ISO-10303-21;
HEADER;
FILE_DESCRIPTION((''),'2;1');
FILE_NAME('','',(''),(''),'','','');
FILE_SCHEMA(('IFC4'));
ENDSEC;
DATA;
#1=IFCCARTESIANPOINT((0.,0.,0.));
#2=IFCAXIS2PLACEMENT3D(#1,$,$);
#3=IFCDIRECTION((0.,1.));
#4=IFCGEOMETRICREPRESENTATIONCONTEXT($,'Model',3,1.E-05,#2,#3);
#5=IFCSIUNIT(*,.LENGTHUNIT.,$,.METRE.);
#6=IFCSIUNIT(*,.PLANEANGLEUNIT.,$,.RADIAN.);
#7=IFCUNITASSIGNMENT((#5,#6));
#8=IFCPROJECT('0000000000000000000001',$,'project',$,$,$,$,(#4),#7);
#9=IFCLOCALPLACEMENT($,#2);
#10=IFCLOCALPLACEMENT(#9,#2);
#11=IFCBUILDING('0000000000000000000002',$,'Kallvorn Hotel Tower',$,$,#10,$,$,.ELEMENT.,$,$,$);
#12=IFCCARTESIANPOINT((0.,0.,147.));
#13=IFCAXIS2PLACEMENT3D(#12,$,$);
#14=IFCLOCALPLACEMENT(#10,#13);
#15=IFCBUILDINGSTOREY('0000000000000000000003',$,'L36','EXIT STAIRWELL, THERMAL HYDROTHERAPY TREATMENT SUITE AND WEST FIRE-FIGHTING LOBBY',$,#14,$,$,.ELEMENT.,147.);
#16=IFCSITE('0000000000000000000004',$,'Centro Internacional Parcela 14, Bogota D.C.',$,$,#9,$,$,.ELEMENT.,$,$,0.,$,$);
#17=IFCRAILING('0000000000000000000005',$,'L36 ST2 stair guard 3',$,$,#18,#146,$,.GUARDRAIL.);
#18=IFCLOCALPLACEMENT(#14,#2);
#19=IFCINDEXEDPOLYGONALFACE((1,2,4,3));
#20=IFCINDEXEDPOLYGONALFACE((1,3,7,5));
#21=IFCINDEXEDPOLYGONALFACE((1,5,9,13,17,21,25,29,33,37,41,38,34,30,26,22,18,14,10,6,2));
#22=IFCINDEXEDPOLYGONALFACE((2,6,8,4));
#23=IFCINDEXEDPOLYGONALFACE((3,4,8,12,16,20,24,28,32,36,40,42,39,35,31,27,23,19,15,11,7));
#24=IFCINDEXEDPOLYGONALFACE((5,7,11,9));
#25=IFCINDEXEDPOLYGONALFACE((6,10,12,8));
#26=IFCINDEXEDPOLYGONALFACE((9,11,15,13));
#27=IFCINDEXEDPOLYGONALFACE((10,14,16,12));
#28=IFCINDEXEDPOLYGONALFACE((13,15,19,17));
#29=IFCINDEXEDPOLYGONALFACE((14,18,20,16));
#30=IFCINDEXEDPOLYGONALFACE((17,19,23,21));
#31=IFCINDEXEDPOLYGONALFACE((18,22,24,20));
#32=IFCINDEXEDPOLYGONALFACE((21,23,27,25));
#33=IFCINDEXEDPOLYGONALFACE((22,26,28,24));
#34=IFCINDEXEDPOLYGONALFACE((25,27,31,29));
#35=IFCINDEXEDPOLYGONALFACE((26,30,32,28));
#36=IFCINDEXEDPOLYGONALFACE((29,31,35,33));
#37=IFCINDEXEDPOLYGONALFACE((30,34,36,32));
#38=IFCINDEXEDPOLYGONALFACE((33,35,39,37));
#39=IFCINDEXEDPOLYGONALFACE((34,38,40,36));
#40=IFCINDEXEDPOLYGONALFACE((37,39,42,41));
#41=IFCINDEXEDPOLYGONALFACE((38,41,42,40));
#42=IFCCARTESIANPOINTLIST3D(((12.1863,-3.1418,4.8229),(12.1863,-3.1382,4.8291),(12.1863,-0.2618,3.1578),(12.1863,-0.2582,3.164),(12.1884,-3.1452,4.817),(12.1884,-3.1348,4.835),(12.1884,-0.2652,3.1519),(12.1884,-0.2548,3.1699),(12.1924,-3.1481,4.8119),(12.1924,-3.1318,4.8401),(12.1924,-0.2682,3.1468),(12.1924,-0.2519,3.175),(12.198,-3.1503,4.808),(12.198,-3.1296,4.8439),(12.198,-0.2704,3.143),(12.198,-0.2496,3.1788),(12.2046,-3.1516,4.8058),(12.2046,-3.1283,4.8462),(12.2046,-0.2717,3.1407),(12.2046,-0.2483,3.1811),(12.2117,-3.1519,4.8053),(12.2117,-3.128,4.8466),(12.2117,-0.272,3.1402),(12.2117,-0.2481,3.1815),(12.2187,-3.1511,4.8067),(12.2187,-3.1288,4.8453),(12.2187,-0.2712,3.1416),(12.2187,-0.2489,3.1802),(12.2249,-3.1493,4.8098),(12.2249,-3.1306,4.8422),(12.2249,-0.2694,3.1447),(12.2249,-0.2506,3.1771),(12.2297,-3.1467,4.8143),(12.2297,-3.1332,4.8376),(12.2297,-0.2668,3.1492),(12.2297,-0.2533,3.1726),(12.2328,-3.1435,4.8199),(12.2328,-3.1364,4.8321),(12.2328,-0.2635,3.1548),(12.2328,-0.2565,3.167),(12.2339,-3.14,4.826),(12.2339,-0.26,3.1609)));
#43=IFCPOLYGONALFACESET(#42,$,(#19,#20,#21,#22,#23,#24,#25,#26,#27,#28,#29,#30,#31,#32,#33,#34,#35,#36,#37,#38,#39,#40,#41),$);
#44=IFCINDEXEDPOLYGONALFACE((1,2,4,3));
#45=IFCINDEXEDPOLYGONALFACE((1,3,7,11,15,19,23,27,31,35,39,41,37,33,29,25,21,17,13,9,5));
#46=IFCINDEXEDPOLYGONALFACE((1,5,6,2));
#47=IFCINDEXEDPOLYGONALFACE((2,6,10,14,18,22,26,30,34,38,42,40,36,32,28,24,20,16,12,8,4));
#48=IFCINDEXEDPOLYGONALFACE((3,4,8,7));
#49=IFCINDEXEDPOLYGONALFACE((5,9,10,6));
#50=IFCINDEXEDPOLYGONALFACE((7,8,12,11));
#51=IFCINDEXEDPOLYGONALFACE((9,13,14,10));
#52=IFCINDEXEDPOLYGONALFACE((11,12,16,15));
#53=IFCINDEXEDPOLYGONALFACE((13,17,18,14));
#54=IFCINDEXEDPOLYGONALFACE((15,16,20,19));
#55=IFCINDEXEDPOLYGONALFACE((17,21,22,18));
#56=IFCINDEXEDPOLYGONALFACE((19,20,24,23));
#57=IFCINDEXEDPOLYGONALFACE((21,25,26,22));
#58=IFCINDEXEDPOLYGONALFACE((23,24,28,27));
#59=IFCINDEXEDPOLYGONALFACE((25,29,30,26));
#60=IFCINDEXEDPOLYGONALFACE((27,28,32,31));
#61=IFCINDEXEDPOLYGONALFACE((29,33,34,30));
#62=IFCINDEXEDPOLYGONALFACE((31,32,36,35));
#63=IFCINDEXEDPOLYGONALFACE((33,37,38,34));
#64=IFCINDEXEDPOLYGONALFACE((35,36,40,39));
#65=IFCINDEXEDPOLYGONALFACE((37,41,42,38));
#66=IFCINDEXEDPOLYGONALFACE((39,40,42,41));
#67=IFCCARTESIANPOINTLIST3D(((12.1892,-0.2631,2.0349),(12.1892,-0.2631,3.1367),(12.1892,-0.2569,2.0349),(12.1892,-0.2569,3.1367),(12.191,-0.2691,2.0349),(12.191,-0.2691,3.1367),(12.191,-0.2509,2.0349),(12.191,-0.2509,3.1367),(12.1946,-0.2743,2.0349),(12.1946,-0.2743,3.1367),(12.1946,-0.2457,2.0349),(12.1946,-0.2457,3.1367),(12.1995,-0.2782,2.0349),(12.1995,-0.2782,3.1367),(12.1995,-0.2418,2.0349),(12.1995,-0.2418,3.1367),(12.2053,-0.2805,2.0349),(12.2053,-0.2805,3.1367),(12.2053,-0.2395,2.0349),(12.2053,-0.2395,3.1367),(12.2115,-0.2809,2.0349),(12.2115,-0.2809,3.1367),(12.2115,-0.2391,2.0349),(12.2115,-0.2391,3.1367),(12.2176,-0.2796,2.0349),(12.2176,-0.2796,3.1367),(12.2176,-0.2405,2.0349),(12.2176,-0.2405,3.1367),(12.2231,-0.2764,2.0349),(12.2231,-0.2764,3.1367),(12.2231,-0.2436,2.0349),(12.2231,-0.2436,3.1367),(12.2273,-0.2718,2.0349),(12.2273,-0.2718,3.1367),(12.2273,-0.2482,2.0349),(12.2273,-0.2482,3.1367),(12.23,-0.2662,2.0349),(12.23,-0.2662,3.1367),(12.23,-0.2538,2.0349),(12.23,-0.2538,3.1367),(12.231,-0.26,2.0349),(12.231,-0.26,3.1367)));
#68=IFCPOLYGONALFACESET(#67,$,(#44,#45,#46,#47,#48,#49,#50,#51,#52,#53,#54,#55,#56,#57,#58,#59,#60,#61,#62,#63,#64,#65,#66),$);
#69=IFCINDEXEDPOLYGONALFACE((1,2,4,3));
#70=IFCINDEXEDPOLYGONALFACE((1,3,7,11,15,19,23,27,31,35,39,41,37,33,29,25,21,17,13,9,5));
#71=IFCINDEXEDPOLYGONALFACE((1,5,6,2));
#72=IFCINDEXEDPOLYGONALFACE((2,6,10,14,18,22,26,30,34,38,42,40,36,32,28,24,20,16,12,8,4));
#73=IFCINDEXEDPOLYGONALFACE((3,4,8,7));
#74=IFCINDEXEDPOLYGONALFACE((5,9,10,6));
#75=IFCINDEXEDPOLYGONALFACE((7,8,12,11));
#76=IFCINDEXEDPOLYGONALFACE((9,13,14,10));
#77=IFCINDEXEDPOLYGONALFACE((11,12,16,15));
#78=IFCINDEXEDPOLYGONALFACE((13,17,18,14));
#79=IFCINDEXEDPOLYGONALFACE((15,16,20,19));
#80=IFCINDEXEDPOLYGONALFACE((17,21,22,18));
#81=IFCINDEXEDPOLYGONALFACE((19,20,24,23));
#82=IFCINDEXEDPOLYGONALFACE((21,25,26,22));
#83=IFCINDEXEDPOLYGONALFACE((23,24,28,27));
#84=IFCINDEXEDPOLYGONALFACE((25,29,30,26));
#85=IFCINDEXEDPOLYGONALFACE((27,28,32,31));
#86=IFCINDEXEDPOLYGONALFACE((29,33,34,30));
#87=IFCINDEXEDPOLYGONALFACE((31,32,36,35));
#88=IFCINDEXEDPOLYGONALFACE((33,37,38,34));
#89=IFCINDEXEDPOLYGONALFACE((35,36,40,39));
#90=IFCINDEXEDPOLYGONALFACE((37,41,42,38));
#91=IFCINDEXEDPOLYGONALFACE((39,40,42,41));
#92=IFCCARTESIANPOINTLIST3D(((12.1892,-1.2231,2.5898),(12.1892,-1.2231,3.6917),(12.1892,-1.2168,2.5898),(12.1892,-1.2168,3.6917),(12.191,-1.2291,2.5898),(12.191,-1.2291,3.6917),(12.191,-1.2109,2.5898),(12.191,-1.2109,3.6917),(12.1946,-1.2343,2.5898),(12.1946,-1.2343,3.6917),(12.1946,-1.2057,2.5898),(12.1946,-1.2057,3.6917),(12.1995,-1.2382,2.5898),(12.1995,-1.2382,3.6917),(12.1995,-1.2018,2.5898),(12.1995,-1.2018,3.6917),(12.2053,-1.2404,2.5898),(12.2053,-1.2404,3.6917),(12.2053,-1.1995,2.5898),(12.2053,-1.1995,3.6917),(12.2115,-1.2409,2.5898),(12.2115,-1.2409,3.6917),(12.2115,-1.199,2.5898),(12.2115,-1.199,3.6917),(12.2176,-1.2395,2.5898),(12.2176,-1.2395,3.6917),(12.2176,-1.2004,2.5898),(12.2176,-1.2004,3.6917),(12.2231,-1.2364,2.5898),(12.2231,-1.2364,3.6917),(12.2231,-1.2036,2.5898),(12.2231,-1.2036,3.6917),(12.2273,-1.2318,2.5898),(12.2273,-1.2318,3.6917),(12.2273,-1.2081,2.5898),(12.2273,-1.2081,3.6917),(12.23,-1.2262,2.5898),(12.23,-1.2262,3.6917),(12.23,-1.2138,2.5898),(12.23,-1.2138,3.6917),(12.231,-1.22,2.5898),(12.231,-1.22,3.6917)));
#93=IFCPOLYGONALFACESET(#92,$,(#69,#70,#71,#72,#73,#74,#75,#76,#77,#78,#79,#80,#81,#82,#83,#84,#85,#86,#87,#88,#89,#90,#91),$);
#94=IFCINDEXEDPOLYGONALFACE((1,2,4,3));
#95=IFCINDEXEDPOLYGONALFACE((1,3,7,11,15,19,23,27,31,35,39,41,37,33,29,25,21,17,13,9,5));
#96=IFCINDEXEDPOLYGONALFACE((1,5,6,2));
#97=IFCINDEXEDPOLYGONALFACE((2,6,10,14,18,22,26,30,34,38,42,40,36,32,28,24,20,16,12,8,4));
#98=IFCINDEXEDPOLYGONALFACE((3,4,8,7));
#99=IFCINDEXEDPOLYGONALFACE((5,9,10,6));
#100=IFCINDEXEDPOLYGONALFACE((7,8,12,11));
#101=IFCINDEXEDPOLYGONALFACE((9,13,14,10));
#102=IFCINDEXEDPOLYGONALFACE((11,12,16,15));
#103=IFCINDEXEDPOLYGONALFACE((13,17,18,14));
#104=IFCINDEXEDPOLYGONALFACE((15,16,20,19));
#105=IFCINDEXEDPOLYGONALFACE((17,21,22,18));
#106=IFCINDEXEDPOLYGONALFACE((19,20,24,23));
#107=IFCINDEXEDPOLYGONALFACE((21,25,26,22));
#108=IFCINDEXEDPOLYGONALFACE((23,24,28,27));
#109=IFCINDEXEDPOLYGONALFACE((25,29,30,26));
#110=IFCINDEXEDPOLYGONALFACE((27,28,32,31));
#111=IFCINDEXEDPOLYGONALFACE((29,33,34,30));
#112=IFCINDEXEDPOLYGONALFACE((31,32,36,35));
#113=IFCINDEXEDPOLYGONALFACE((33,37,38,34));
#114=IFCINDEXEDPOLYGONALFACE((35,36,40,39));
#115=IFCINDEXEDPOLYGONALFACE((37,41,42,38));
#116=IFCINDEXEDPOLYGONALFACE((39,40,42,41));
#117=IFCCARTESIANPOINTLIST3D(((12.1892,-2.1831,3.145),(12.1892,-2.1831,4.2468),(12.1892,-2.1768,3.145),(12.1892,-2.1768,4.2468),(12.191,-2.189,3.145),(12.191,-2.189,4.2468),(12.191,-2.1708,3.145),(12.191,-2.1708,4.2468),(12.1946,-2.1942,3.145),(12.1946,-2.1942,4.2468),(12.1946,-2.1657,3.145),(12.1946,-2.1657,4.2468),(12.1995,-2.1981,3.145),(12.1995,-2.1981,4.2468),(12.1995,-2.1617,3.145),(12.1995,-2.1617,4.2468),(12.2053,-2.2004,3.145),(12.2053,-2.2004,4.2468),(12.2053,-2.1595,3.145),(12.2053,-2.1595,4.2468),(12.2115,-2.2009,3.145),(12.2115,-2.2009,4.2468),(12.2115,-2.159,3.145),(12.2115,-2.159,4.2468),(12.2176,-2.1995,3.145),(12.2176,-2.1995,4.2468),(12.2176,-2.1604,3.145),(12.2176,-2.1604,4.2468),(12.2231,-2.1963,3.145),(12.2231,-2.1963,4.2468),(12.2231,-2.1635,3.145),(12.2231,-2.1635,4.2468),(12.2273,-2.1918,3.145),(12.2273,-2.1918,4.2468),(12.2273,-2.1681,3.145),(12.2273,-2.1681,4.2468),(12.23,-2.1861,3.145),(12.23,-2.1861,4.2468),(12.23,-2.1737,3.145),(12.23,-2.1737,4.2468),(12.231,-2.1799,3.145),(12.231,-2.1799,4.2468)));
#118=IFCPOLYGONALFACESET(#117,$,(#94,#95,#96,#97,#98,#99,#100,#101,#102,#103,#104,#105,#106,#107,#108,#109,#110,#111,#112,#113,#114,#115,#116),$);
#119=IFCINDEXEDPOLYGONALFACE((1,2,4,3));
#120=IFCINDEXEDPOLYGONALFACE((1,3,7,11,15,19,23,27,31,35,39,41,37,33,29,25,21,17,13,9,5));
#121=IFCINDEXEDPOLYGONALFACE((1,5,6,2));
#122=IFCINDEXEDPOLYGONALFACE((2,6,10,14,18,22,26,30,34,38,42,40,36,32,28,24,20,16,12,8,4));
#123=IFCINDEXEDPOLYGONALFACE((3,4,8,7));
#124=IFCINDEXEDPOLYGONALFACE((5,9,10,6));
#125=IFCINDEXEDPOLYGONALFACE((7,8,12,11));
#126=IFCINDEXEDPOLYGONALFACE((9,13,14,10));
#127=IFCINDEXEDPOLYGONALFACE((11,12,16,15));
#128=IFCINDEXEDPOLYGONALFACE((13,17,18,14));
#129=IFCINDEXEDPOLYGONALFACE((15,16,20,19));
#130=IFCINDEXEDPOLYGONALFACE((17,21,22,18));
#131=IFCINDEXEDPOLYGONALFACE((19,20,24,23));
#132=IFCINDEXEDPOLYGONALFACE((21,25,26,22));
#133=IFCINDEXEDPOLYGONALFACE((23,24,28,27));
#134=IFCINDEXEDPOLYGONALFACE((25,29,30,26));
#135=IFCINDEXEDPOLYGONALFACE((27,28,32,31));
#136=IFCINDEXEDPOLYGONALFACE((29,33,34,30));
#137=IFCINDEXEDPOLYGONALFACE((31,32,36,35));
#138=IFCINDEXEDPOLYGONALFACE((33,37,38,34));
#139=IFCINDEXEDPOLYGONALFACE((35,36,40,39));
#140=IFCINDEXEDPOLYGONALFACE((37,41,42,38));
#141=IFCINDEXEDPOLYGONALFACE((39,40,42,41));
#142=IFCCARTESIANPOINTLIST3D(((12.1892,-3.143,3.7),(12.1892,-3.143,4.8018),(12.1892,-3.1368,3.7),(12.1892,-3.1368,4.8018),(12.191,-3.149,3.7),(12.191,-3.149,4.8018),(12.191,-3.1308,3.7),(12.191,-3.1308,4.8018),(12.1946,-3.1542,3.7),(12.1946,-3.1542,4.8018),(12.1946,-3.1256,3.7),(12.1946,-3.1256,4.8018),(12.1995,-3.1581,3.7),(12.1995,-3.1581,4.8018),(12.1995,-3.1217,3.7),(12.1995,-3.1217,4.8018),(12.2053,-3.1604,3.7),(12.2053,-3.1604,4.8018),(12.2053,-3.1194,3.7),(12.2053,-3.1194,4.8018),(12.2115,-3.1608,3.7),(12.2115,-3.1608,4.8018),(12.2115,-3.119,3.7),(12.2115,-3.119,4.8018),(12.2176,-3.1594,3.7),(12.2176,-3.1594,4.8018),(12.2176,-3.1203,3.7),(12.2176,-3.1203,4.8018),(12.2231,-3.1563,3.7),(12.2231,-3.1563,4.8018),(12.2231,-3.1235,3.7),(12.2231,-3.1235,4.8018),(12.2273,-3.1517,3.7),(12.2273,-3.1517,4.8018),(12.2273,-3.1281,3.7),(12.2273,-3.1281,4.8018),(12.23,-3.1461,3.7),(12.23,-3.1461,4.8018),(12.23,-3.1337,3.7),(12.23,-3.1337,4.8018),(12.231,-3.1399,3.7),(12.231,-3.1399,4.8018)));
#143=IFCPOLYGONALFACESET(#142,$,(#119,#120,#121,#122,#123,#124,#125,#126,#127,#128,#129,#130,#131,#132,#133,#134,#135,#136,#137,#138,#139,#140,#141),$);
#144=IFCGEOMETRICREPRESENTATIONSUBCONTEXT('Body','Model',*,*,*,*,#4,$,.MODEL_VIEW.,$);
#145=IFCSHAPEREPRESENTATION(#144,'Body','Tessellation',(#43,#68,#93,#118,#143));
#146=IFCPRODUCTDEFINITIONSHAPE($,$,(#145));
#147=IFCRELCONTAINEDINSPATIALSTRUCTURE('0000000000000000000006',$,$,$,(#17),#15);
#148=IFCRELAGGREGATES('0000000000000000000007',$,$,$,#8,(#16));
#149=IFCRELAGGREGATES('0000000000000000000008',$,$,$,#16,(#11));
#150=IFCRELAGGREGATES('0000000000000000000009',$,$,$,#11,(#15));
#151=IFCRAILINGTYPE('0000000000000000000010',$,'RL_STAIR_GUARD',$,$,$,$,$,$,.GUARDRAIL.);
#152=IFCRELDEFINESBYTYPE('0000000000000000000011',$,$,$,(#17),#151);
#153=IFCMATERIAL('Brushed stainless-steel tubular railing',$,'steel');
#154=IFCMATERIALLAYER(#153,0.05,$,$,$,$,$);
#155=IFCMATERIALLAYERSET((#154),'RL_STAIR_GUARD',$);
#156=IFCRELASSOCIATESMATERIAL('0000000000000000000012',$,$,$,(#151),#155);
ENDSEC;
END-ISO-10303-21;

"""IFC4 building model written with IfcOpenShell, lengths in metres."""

from ifc_helpers import new_model, si_unit, direction, frame, origin, origin_2d, place, context, subcontext, project, spatial, circle, extrude, material, layer, layer_set, type_object, element, save


model = new_model("IFC4")

# Units and contexts
model_context = context("Model", 3, precision=1e-05, world=origin(), true_north=direction((0.0, 1.0)))
body_context = subcontext(model_context, "Body", "Model", "MODEL_VIEW")
ifc_project = project(units=[si_unit("LENGTHUNIT", "METRE"), si_unit("PLANEANGLEUNIT", "RADIAN")], contexts=[model_context])

# Site, building, storey
site_placement = place(None, origin())
site = spatial("IfcSite", under=ifc_project, at=site_placement, Name="Centro Internacional Parcela 14, Bogota D.C.", CompositionType="ELEMENT", RefElevation=0.0)
building_placement = place(site_placement, origin())
building = spatial("IfcBuilding", under=site, at=building_placement, Name="Kallvorn Hotel Tower", CompositionType="ELEMENT")
storey_placement = place(building_placement, frame((0.0, 0.0, 147.0)))
storey = spatial("IfcBuildingStorey", under=building, at=storey_placement, Name="L36", Description="EXIT STAIRWELL, THERMAL HYDROTHERAPY TREATMENT SUITE AND WEST FIRE-FIGHTING LOBBY", CompositionType="ELEMENT", Elevation=147.0)

# Railing
ifc_material_1 = material(Name="Brushed stainless-steel tubular railing", Category="steel")
ifc_layer_1 = layer(ifc_material_1, 0.05)
ifc_layer_set_1 = layer_set([ifc_layer_1], Name="RL_STAIR_GUARD")
railing_type_1 = type_object("IfcRailingType", Name="RL_STAIR_GUARD", PredefinedType="GUARDRAIL", material=ifc_layer_set_1)
railing_1_placement = place(storey_placement, frame((12.21, -0.26, 2.0349)))
element("IfcRailing", 1, at=railing_1_placement, inside=storey, type_object=railing_type_1, Name="L36 ST2 stair guard 3", PredefinedType="GUARDRAIL", context=body_context, shape_type="SweptSolid", body=[
    extrude(circle(Radius=0.0239, at=origin_2d()), frame((0.0, 0.0, 1.126), z_axis=(0.0, -0.865721, 0.500527), x_axis=(1.0, 0.0, 0.0)), (0.0, 0.0, 1.0), 3.3267),
    extrude(circle(Radius=0.021, at=origin_2d()), origin(), (0.0, 0.0, 1.0), 1.1018),
    extrude(circle(Radius=0.021, at=origin_2d()), frame((0.0, -0.96, 0.5549)), (0.0, 0.0, 1.0), 1.1018),
    extrude(circle(Radius=0.021, at=origin_2d()), frame((0.0, -1.9199, 1.1101)), (0.0, 0.0, 1.0), 1.1018),
    extrude(circle(Radius=0.021, at=origin_2d()), frame((0.0, -2.8799, 1.665)), (0.0, 0.0, 1.0), 1.1018),
])

save(model, "model.ifc")
